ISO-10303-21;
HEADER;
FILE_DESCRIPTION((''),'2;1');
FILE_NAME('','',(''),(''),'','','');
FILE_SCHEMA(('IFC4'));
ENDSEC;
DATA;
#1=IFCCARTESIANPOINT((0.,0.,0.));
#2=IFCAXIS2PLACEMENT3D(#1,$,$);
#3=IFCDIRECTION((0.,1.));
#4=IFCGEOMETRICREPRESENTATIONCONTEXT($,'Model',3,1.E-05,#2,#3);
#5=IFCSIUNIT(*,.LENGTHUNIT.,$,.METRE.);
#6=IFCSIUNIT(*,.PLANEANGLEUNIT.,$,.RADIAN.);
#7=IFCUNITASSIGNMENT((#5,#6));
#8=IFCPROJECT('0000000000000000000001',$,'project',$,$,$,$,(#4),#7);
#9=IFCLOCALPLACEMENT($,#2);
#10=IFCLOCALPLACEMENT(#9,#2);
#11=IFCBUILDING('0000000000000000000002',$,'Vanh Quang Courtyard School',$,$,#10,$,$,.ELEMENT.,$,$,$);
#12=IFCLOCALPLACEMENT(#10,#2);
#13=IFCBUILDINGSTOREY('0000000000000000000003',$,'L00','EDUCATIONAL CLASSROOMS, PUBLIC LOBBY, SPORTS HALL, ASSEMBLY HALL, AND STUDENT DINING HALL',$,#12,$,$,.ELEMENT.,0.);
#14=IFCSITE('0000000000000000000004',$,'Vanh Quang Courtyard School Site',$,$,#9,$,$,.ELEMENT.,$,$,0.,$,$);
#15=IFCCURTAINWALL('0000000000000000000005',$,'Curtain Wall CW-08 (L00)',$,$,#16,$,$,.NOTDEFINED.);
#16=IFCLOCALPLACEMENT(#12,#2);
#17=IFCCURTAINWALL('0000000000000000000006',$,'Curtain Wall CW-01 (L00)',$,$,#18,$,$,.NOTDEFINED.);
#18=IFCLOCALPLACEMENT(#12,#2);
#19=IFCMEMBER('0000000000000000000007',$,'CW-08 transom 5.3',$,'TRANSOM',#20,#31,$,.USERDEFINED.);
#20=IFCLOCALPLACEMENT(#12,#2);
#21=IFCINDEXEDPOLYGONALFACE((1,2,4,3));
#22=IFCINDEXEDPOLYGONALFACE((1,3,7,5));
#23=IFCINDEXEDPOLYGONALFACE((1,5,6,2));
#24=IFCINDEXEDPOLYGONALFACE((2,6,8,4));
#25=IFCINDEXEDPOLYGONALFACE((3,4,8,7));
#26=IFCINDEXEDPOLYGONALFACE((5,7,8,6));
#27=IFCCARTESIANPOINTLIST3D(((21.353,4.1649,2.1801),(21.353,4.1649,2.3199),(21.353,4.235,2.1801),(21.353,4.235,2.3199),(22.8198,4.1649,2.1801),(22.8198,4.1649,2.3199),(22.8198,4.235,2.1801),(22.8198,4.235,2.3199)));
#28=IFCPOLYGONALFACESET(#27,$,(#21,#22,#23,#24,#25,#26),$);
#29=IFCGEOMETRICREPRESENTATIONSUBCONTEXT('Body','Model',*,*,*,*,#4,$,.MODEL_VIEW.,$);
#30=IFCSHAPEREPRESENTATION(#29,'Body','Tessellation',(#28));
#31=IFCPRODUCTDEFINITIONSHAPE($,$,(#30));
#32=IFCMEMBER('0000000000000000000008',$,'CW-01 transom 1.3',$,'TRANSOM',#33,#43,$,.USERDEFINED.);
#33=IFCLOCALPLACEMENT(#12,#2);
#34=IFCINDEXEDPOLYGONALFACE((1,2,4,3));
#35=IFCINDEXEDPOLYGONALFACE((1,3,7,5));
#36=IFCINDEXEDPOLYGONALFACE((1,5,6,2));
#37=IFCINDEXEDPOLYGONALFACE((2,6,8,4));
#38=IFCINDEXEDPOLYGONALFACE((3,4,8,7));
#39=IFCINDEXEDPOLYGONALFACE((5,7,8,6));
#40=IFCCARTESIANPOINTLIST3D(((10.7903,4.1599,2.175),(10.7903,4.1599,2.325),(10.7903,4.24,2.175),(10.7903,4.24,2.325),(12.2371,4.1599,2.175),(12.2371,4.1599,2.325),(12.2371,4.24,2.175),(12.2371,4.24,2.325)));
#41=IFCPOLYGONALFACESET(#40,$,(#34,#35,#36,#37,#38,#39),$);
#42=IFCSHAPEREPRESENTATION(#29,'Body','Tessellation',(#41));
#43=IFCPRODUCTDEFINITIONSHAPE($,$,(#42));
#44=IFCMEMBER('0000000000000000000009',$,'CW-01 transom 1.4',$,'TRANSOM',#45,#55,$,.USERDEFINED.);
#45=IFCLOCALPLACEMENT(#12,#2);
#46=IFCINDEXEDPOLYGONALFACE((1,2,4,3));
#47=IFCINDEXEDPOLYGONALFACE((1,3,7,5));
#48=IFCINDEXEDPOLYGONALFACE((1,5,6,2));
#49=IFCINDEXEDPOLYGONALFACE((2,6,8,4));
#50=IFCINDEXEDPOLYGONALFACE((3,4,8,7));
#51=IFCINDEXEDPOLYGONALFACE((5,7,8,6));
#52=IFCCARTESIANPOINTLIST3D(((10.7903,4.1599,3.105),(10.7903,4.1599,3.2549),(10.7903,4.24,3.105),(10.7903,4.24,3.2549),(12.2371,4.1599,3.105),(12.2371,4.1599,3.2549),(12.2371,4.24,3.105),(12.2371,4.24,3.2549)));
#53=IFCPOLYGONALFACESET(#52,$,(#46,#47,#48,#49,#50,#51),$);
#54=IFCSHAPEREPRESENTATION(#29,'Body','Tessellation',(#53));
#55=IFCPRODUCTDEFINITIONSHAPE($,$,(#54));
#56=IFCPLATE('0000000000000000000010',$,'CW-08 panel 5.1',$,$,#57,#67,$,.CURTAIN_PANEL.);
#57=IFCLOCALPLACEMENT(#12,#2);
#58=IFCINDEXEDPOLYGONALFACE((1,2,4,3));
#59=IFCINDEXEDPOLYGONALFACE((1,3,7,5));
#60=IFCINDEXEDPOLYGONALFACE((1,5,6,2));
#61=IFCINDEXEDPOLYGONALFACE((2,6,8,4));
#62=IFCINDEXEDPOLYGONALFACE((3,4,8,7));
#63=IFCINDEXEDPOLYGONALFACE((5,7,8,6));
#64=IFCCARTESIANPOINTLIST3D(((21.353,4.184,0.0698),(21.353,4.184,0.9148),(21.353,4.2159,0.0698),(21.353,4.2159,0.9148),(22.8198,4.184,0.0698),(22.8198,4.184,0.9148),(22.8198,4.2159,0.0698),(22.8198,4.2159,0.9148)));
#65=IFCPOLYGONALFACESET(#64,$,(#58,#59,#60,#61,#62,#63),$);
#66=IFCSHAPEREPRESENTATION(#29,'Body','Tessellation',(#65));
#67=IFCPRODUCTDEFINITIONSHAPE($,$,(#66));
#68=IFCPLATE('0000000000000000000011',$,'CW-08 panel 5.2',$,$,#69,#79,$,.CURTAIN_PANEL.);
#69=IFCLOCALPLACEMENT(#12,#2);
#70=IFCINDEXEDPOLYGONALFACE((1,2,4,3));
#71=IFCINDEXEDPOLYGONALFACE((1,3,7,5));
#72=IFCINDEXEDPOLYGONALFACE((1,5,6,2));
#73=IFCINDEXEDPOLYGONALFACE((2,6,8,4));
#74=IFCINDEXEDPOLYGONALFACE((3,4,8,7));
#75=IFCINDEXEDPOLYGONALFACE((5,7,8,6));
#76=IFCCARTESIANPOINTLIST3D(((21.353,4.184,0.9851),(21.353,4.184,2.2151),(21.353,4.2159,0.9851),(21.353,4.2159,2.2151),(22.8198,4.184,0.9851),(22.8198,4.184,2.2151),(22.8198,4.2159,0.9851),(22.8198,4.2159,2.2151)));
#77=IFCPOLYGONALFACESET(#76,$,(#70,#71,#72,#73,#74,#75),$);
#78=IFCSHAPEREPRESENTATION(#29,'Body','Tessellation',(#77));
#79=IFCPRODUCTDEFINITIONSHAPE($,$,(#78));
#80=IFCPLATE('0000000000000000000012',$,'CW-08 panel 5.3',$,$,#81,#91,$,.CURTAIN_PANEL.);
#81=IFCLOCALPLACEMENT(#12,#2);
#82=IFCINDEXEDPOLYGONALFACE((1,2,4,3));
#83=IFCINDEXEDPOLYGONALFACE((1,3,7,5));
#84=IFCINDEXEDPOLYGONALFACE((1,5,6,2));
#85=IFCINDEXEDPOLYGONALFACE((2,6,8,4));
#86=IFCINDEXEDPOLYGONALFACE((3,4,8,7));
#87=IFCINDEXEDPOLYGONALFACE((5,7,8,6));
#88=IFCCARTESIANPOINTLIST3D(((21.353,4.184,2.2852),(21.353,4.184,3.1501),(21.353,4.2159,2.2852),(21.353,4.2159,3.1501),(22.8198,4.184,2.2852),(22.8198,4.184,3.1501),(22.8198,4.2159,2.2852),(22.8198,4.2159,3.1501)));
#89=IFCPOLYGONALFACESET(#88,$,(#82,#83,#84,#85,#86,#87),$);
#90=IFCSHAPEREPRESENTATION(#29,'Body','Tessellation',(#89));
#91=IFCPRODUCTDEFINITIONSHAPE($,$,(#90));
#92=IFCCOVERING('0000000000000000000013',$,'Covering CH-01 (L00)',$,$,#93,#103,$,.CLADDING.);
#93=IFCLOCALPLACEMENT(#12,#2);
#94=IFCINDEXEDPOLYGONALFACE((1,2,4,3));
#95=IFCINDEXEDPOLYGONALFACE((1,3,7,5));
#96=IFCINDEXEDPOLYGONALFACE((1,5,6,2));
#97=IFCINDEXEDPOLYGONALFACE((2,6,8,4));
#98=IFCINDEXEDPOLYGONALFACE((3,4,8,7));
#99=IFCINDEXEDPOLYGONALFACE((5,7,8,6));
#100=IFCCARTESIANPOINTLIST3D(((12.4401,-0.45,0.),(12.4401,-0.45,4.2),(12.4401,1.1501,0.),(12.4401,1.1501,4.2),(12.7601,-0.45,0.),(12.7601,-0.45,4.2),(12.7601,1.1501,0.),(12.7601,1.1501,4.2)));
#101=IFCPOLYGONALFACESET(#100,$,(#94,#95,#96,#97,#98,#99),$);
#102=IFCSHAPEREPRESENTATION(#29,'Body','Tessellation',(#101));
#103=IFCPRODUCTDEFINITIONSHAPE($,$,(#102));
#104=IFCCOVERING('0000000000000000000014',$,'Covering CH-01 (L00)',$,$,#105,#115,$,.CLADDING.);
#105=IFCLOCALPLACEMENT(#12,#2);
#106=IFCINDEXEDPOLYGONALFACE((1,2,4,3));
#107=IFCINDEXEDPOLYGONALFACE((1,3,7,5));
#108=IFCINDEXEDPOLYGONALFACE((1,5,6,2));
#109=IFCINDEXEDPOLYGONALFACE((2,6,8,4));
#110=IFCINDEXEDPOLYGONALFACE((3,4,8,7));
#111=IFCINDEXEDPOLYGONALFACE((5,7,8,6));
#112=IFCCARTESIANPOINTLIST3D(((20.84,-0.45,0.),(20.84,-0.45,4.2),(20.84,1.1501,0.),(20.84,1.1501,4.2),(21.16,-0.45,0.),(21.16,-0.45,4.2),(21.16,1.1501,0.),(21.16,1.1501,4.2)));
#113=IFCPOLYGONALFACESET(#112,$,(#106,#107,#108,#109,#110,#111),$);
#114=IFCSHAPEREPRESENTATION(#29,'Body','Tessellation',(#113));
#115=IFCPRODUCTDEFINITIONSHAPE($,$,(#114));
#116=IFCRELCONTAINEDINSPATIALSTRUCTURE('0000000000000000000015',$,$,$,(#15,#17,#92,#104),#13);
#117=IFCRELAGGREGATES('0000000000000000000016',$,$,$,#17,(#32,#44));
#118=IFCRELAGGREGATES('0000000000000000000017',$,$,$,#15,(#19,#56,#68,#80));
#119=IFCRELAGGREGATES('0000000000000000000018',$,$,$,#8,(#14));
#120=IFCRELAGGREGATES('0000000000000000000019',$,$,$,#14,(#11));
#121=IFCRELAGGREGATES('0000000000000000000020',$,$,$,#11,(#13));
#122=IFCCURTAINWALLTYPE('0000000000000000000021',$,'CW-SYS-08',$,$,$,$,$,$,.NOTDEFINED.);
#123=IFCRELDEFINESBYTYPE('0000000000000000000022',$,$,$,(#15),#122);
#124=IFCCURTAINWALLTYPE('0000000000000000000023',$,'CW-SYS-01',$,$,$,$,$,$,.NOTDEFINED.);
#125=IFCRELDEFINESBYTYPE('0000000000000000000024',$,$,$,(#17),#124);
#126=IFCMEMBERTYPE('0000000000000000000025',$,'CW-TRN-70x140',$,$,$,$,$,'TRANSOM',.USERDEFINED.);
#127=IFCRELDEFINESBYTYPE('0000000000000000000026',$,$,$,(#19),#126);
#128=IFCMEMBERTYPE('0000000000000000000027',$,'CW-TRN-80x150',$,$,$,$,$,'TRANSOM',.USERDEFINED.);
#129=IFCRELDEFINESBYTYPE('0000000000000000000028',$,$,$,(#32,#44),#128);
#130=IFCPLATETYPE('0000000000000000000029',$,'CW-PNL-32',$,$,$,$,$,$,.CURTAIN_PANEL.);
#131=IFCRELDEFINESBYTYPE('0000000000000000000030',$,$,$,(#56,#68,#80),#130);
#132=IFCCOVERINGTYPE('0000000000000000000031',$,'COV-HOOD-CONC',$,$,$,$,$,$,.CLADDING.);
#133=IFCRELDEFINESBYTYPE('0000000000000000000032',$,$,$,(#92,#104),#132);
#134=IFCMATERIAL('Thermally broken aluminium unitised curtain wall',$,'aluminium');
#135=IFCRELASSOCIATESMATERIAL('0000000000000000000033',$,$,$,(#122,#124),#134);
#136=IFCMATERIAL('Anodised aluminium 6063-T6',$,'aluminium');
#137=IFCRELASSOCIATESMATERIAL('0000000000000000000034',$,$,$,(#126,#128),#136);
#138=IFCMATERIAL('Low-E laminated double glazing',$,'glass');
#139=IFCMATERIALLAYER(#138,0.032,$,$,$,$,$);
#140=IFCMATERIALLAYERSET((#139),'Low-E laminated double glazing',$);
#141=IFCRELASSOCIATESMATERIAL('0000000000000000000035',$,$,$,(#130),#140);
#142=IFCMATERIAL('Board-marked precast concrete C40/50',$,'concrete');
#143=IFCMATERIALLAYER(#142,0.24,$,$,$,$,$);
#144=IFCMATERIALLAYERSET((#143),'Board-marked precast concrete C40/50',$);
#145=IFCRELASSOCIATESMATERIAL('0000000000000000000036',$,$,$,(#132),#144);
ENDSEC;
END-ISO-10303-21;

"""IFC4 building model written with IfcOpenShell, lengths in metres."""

from ifc_helpers import new_model, si_unit, direction, frame, origin, origin_2d, place, context, subcontext, project, spatial, rectangle, extrude, material, layer, layer_set, material_profile, profile_set, type_object, element, aggregate, save


model = new_model("IFC4")

# Units and contexts
model_context = context("Model", 3, precision=1e-05, world=origin(), true_north=direction((0.0, 1.0)))
body_context = subcontext(model_context, "Body", "Model", "MODEL_VIEW")
ifc_project = project(units=[si_unit("LENGTHUNIT", "METRE"), si_unit("PLANEANGLEUNIT", "RADIAN")], contexts=[model_context])

# Site, building, storey
site_placement = place(None, origin())
site = spatial("IfcSite", under=ifc_project, at=site_placement, Name="Vanh Quang Courtyard School Site", CompositionType="ELEMENT", RefElevation=0.0)
building_placement = place(site_placement, origin())
building = spatial("IfcBuilding", under=site, at=building_placement, Name="Vanh Quang Courtyard School", CompositionType="ELEMENT")
storey_placement = place(building_placement, origin())
storey = spatial("IfcBuildingStorey", under=building, at=storey_placement, Name="L00", Description="EDUCATIONAL CLASSROOMS, PUBLIC LOBBY, SPORTS HALL, ASSEMBLY HALL, AND STUDENT DINING HALL", CompositionType="ELEMENT", Elevation=0.0)

# Curtain walls
ifc_material_1 = material(Name="Thermally broken aluminium unitised curtain wall", Category="aluminium")
curtain_wall_type_1 = type_object("IfcCurtainWallType", Name="CW-SYS-08", PredefinedType="NOTDEFINED", material=ifc_material_1)
curtain_wall_1_placement = place(storey_placement, origin())
curtain_wall_1 = element("IfcCurtainWall", 1, at=curtain_wall_1_placement, inside=storey, type_object=curtain_wall_type_1, Name="Curtain Wall CW-08 (L00)", PredefinedType="NOTDEFINED")
ifc_material_2 = material(Name="Anodised aluminium 6063-T6", Category="aluminium")
curtain_wall_type_2 = type_object("IfcCurtainWallType", Name="CW-SYS-01", PredefinedType="NOTDEFINED", material=ifc_material_1)
curtain_wall_2_placement = place(storey_placement, origin())
curtain_wall_2 = element("IfcCurtainWall", 2, at=curtain_wall_2_placement, inside=storey, type_object=curtain_wall_type_2, Name="Curtain Wall CW-01 (L00)", PredefinedType="NOTDEFINED")

# Members
ifc_material_profile_1 = material_profile(ifc_material_2, rectangle(XDim=0.0701, YDim=0.1399, at=origin_2d()), Name="ALU-TRN 70x140")
ifc_profile_set_1 = profile_set([ifc_material_profile_1], Name="Anodised aluminium 6063-T6")
member_type_1 = type_object("IfcMemberType", Name="CW-TRN-70x140", ElementType="TRANSOM", PredefinedType="USERDEFINED", material=ifc_profile_set_1)
member_1_placement = place(storey_placement, frame((22.8198, 4.2, 2.25), z_axis=(-1.0, 0.0, 0.0), x_axis=(0.0, -1.0, 0.0)))
member_1 = element("IfcMember", 3, at=member_1_placement, type_object=member_type_1, Name="CW-08 transom 5.3", ObjectType="TRANSOM", PredefinedType="USERDEFINED", context=body_context, shape_type="SweptSolid", body=[
    extrude(rectangle(XDim=0.0701, YDim=0.1399, at=origin_2d()), origin(), (0.0, 0.0, 1.0), 1.4668),
])
ifc_material_profile_2 = material_profile(ifc_material_2, rectangle(XDim=0.0801, YDim=0.1499, at=origin_2d()), Name="ALU-TRN 80x150")
ifc_profile_set_2 = profile_set([ifc_material_profile_2], Name="Anodised aluminium 6063-T6")
member_type_2 = type_object("IfcMemberType", Name="CW-TRN-80x150", ElementType="TRANSOM", PredefinedType="USERDEFINED", material=ifc_profile_set_2)
member_2_placement = place(storey_placement, frame((12.2371, 4.2, 2.25), z_axis=(-1.0, 0.0, 0.0), x_axis=(0.0, -1.0, 0.0)))
member_2 = element("IfcMember", 4, at=member_2_placement, type_object=member_type_2, Name="CW-01 transom 1.3", ObjectType="TRANSOM", PredefinedType="USERDEFINED", context=body_context, shape_type="SweptSolid", body=[
    extrude(rectangle(XDim=0.0801, YDim=0.1499, at=origin_2d()), origin(), (0.0, 0.0, 1.0), 1.4468),
])
member_3_placement = place(storey_placement, frame((12.2371, 4.2, 3.1799), z_axis=(-1.0, 0.0, 0.0), x_axis=(0.0, -1.0, 0.0)))
member_3 = element("IfcMember", 5, at=member_3_placement, type_object=member_type_2, Name="CW-01 transom 1.4", ObjectType="TRANSOM", PredefinedType="USERDEFINED", context=body_context, shape_type="SweptSolid", body=[
    extrude(rectangle(XDim=0.0801, YDim=0.1499, at=origin_2d()), origin(), (0.0, 0.0, 1.0), 1.4468),
])
aggregate(curtain_wall_2, [member_2, member_3])

# Plates
ifc_material_3 = material(Name="Low-E laminated double glazing", Category="glass")
ifc_layer_1 = layer(ifc_material_3, 0.032)
ifc_layer_set_1 = layer_set([ifc_layer_1], Name="Low-E laminated double glazing")
plate_type = type_object("IfcPlateType", Name="CW-PNL-32", PredefinedType="CURTAIN_PANEL", material=ifc_layer_set_1)
plate_1_placement = place(storey_placement, frame((22.0864, 4.2, 0.0698), z_axis=(0.0, 0.0, 1.0), x_axis=(-1.0, 0.0, 0.0)))
plate_1 = element("IfcPlate", 6, at=plate_1_placement, type_object=plate_type, Name="CW-08 panel 5.1", PredefinedType="CURTAIN_PANEL", context=body_context, shape_type="SweptSolid", body=[
    extrude(rectangle(XDim=1.4668, YDim=0.032, at=origin_2d()), origin(), (0.0, 0.0, 1.0), 0.845),
])
plate_2_placement = place(storey_placement, frame((22.0864, 4.2, 0.9851), z_axis=(0.0, 0.0, 1.0), x_axis=(-1.0, 0.0, 0.0)))
plate_2 = element("IfcPlate", 7, at=plate_2_placement, type_object=plate_type, Name="CW-08 panel 5.2", PredefinedType="CURTAIN_PANEL", context=body_context, shape_type="SweptSolid", body=[
    extrude(rectangle(XDim=1.4668, YDim=0.032, at=origin_2d()), origin(), (0.0, 0.0, 1.0), 1.23),
])
plate_3_placement = place(storey_placement, frame((22.0864, 4.2, 2.2852), z_axis=(0.0, 0.0, 1.0), x_axis=(-1.0, 0.0, 0.0)))
plate_3 = element("IfcPlate", 8, at=plate_3_placement, type_object=plate_type, Name="CW-08 panel 5.3", PredefinedType="CURTAIN_PANEL", context=body_context, shape_type="SweptSolid", body=[
    extrude(rectangle(XDim=1.4668, YDim=0.032, at=origin_2d()), origin(), (0.0, 0.0, 1.0), 0.865),
])
aggregate(curtain_wall_1, [member_1, plate_1, plate_2, plate_3])

# Coverings
ifc_material_4 = material(Name="Board-marked precast concrete C40/50", Category="concrete")
ifc_layer_2 = layer(ifc_material_4, 0.24)
ifc_layer_set_2 = layer_set([ifc_layer_2], Name="Board-marked precast concrete C40/50")
covering_type = type_object("IfcCoveringType", Name="COV-HOOD-CONC", PredefinedType="CLADDING", material=ifc_layer_set_2)
for number, where, z_axis, x_axis, name in (
    (9, (12.6001, 0.3501, 0.0), (0.0, 0.0, 1.0), (0.0, 1.0, 0.0), "Covering CH-01 (L00)"),
    (10, (21.0, 0.3501, 0.0), (0.0, 0.0, 1.0), (0.0, 1.0, 0.0), "Covering CH-01 (L00)"),
):
    element("IfcCovering", number, at=place(storey_placement, frame(where, z_axis=z_axis, x_axis=x_axis)), inside=storey, type_object=covering_type, Name=name, PredefinedType="CLADDING", context=body_context, shape_type="SweptSolid", body=[
        extrude(rectangle(XDim=1.6001, YDim=0.3201, at=origin_2d()), origin(), (0.0, 0.0, 1.0), 4.2),
    ])

save(model, "model.ifc")
